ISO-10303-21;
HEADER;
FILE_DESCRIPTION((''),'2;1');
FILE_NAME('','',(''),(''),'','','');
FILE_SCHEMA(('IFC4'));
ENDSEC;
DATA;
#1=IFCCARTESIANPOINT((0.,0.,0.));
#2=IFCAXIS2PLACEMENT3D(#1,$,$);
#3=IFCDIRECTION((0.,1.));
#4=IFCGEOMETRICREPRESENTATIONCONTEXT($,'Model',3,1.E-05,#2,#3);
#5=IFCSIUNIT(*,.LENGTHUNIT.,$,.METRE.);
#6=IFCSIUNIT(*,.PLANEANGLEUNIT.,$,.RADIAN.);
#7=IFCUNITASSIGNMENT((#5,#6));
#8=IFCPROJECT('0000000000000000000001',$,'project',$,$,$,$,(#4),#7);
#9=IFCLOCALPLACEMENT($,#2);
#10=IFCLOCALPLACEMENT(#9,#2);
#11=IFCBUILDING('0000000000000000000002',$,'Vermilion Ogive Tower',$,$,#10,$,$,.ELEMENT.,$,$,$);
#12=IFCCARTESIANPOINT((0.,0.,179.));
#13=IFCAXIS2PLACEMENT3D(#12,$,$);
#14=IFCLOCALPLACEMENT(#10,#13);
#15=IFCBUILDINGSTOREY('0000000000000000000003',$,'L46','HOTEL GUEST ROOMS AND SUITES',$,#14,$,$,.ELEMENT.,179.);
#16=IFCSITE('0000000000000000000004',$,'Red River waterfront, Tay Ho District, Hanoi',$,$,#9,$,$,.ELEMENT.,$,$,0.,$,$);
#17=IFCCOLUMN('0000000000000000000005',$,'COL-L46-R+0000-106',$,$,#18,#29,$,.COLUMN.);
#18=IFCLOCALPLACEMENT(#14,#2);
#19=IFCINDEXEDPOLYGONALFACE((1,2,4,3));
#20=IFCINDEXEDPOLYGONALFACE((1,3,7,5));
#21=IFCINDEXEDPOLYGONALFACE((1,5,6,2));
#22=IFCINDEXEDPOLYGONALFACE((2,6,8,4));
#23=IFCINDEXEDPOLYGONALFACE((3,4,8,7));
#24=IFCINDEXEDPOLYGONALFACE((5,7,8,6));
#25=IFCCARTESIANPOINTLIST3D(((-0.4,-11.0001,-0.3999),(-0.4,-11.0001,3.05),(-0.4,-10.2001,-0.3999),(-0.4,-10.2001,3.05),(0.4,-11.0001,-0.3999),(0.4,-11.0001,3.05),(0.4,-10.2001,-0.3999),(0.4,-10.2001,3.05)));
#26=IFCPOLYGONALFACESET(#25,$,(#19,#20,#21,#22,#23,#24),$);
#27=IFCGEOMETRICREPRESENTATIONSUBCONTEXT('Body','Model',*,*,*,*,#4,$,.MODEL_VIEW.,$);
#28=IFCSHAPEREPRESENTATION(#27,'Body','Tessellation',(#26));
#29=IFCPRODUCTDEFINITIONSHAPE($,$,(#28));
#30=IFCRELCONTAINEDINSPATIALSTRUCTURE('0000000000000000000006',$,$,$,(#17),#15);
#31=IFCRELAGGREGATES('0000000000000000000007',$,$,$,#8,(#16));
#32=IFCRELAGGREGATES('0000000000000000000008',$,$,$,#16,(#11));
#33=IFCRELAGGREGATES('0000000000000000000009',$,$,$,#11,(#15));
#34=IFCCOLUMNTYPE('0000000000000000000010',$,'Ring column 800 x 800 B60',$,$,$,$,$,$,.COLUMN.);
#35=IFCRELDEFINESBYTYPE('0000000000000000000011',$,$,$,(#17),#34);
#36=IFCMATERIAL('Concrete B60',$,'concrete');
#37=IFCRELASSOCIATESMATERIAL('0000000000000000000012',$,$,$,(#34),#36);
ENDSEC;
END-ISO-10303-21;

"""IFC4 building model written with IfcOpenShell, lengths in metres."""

from ifc_helpers import new_model, si_unit, direction, frame, origin, origin_2d, place, context, subcontext, project, spatial, rectangle, extrude, material, material_profile, profile_set, type_object, element, save


model = new_model("IFC4")

# Units and contexts
model_context = context("Model", 3, precision=1e-05, world=origin(), true_north=direction((0.0, 1.0)))
body_context = subcontext(model_context, "Body", "Model", "MODEL_VIEW")
ifc_project = project(units=[si_unit("LENGTHUNIT", "METRE"), si_unit("PLANEANGLEUNIT", "RADIAN")], contexts=[model_context])

# Site, building, storey
site_placement = place(None, origin())
site = spatial("IfcSite", under=ifc_project, at=site_placement, Name="Red River waterfront, Tay Ho District, Hanoi", CompositionType="ELEMENT", RefElevation=0.0)
building_placement = place(site_placement, origin())
building = spatial("IfcBuilding", under=site, at=building_placement, Name="Vermilion Ogive Tower", CompositionType="ELEMENT")
storey_placement = place(building_placement, frame((0.0, 0.0, 179.0)))
storey = spatial("IfcBuildingStorey", under=building, at=storey_placement, Name="L46", Description="HOTEL GUEST ROOMS AND SUITES", CompositionType="ELEMENT", Elevation=179.0)

# Column
ifc_material_1 = material(Name="Concrete B60", Category="concrete")
ifc_material_profile = material_profile(ifc_material_1, rectangle(XDim=0.8, YDim=0.8, at=origin_2d()), Name="800 x 800")
ifc_profile_set = profile_set([ifc_material_profile], Name="Concrete B60")
column_type = type_object("IfcColumnType", Name="Ring column 800 x 800 B60", PredefinedType="COLUMN", material=ifc_profile_set)
column_placement = place(storey_placement, frame((0.0, -10.6001, -0.3999), z_axis=(0.0, 0.0, 1.0), x_axis=(1.0, 0.0, 0.0)))
element("IfcColumn", 1, at=column_placement, inside=storey, type_object=column_type, Name="COL-L46-R+0000-106", PredefinedType="COLUMN", context=body_context, shape_type="SweptSolid", body=[
    extrude(rectangle(XDim=0.8, YDim=0.8, at=origin_2d()), origin(), (0.0, 0.0, 1.0), 3.45),
])

save(model, "model.ifc")
